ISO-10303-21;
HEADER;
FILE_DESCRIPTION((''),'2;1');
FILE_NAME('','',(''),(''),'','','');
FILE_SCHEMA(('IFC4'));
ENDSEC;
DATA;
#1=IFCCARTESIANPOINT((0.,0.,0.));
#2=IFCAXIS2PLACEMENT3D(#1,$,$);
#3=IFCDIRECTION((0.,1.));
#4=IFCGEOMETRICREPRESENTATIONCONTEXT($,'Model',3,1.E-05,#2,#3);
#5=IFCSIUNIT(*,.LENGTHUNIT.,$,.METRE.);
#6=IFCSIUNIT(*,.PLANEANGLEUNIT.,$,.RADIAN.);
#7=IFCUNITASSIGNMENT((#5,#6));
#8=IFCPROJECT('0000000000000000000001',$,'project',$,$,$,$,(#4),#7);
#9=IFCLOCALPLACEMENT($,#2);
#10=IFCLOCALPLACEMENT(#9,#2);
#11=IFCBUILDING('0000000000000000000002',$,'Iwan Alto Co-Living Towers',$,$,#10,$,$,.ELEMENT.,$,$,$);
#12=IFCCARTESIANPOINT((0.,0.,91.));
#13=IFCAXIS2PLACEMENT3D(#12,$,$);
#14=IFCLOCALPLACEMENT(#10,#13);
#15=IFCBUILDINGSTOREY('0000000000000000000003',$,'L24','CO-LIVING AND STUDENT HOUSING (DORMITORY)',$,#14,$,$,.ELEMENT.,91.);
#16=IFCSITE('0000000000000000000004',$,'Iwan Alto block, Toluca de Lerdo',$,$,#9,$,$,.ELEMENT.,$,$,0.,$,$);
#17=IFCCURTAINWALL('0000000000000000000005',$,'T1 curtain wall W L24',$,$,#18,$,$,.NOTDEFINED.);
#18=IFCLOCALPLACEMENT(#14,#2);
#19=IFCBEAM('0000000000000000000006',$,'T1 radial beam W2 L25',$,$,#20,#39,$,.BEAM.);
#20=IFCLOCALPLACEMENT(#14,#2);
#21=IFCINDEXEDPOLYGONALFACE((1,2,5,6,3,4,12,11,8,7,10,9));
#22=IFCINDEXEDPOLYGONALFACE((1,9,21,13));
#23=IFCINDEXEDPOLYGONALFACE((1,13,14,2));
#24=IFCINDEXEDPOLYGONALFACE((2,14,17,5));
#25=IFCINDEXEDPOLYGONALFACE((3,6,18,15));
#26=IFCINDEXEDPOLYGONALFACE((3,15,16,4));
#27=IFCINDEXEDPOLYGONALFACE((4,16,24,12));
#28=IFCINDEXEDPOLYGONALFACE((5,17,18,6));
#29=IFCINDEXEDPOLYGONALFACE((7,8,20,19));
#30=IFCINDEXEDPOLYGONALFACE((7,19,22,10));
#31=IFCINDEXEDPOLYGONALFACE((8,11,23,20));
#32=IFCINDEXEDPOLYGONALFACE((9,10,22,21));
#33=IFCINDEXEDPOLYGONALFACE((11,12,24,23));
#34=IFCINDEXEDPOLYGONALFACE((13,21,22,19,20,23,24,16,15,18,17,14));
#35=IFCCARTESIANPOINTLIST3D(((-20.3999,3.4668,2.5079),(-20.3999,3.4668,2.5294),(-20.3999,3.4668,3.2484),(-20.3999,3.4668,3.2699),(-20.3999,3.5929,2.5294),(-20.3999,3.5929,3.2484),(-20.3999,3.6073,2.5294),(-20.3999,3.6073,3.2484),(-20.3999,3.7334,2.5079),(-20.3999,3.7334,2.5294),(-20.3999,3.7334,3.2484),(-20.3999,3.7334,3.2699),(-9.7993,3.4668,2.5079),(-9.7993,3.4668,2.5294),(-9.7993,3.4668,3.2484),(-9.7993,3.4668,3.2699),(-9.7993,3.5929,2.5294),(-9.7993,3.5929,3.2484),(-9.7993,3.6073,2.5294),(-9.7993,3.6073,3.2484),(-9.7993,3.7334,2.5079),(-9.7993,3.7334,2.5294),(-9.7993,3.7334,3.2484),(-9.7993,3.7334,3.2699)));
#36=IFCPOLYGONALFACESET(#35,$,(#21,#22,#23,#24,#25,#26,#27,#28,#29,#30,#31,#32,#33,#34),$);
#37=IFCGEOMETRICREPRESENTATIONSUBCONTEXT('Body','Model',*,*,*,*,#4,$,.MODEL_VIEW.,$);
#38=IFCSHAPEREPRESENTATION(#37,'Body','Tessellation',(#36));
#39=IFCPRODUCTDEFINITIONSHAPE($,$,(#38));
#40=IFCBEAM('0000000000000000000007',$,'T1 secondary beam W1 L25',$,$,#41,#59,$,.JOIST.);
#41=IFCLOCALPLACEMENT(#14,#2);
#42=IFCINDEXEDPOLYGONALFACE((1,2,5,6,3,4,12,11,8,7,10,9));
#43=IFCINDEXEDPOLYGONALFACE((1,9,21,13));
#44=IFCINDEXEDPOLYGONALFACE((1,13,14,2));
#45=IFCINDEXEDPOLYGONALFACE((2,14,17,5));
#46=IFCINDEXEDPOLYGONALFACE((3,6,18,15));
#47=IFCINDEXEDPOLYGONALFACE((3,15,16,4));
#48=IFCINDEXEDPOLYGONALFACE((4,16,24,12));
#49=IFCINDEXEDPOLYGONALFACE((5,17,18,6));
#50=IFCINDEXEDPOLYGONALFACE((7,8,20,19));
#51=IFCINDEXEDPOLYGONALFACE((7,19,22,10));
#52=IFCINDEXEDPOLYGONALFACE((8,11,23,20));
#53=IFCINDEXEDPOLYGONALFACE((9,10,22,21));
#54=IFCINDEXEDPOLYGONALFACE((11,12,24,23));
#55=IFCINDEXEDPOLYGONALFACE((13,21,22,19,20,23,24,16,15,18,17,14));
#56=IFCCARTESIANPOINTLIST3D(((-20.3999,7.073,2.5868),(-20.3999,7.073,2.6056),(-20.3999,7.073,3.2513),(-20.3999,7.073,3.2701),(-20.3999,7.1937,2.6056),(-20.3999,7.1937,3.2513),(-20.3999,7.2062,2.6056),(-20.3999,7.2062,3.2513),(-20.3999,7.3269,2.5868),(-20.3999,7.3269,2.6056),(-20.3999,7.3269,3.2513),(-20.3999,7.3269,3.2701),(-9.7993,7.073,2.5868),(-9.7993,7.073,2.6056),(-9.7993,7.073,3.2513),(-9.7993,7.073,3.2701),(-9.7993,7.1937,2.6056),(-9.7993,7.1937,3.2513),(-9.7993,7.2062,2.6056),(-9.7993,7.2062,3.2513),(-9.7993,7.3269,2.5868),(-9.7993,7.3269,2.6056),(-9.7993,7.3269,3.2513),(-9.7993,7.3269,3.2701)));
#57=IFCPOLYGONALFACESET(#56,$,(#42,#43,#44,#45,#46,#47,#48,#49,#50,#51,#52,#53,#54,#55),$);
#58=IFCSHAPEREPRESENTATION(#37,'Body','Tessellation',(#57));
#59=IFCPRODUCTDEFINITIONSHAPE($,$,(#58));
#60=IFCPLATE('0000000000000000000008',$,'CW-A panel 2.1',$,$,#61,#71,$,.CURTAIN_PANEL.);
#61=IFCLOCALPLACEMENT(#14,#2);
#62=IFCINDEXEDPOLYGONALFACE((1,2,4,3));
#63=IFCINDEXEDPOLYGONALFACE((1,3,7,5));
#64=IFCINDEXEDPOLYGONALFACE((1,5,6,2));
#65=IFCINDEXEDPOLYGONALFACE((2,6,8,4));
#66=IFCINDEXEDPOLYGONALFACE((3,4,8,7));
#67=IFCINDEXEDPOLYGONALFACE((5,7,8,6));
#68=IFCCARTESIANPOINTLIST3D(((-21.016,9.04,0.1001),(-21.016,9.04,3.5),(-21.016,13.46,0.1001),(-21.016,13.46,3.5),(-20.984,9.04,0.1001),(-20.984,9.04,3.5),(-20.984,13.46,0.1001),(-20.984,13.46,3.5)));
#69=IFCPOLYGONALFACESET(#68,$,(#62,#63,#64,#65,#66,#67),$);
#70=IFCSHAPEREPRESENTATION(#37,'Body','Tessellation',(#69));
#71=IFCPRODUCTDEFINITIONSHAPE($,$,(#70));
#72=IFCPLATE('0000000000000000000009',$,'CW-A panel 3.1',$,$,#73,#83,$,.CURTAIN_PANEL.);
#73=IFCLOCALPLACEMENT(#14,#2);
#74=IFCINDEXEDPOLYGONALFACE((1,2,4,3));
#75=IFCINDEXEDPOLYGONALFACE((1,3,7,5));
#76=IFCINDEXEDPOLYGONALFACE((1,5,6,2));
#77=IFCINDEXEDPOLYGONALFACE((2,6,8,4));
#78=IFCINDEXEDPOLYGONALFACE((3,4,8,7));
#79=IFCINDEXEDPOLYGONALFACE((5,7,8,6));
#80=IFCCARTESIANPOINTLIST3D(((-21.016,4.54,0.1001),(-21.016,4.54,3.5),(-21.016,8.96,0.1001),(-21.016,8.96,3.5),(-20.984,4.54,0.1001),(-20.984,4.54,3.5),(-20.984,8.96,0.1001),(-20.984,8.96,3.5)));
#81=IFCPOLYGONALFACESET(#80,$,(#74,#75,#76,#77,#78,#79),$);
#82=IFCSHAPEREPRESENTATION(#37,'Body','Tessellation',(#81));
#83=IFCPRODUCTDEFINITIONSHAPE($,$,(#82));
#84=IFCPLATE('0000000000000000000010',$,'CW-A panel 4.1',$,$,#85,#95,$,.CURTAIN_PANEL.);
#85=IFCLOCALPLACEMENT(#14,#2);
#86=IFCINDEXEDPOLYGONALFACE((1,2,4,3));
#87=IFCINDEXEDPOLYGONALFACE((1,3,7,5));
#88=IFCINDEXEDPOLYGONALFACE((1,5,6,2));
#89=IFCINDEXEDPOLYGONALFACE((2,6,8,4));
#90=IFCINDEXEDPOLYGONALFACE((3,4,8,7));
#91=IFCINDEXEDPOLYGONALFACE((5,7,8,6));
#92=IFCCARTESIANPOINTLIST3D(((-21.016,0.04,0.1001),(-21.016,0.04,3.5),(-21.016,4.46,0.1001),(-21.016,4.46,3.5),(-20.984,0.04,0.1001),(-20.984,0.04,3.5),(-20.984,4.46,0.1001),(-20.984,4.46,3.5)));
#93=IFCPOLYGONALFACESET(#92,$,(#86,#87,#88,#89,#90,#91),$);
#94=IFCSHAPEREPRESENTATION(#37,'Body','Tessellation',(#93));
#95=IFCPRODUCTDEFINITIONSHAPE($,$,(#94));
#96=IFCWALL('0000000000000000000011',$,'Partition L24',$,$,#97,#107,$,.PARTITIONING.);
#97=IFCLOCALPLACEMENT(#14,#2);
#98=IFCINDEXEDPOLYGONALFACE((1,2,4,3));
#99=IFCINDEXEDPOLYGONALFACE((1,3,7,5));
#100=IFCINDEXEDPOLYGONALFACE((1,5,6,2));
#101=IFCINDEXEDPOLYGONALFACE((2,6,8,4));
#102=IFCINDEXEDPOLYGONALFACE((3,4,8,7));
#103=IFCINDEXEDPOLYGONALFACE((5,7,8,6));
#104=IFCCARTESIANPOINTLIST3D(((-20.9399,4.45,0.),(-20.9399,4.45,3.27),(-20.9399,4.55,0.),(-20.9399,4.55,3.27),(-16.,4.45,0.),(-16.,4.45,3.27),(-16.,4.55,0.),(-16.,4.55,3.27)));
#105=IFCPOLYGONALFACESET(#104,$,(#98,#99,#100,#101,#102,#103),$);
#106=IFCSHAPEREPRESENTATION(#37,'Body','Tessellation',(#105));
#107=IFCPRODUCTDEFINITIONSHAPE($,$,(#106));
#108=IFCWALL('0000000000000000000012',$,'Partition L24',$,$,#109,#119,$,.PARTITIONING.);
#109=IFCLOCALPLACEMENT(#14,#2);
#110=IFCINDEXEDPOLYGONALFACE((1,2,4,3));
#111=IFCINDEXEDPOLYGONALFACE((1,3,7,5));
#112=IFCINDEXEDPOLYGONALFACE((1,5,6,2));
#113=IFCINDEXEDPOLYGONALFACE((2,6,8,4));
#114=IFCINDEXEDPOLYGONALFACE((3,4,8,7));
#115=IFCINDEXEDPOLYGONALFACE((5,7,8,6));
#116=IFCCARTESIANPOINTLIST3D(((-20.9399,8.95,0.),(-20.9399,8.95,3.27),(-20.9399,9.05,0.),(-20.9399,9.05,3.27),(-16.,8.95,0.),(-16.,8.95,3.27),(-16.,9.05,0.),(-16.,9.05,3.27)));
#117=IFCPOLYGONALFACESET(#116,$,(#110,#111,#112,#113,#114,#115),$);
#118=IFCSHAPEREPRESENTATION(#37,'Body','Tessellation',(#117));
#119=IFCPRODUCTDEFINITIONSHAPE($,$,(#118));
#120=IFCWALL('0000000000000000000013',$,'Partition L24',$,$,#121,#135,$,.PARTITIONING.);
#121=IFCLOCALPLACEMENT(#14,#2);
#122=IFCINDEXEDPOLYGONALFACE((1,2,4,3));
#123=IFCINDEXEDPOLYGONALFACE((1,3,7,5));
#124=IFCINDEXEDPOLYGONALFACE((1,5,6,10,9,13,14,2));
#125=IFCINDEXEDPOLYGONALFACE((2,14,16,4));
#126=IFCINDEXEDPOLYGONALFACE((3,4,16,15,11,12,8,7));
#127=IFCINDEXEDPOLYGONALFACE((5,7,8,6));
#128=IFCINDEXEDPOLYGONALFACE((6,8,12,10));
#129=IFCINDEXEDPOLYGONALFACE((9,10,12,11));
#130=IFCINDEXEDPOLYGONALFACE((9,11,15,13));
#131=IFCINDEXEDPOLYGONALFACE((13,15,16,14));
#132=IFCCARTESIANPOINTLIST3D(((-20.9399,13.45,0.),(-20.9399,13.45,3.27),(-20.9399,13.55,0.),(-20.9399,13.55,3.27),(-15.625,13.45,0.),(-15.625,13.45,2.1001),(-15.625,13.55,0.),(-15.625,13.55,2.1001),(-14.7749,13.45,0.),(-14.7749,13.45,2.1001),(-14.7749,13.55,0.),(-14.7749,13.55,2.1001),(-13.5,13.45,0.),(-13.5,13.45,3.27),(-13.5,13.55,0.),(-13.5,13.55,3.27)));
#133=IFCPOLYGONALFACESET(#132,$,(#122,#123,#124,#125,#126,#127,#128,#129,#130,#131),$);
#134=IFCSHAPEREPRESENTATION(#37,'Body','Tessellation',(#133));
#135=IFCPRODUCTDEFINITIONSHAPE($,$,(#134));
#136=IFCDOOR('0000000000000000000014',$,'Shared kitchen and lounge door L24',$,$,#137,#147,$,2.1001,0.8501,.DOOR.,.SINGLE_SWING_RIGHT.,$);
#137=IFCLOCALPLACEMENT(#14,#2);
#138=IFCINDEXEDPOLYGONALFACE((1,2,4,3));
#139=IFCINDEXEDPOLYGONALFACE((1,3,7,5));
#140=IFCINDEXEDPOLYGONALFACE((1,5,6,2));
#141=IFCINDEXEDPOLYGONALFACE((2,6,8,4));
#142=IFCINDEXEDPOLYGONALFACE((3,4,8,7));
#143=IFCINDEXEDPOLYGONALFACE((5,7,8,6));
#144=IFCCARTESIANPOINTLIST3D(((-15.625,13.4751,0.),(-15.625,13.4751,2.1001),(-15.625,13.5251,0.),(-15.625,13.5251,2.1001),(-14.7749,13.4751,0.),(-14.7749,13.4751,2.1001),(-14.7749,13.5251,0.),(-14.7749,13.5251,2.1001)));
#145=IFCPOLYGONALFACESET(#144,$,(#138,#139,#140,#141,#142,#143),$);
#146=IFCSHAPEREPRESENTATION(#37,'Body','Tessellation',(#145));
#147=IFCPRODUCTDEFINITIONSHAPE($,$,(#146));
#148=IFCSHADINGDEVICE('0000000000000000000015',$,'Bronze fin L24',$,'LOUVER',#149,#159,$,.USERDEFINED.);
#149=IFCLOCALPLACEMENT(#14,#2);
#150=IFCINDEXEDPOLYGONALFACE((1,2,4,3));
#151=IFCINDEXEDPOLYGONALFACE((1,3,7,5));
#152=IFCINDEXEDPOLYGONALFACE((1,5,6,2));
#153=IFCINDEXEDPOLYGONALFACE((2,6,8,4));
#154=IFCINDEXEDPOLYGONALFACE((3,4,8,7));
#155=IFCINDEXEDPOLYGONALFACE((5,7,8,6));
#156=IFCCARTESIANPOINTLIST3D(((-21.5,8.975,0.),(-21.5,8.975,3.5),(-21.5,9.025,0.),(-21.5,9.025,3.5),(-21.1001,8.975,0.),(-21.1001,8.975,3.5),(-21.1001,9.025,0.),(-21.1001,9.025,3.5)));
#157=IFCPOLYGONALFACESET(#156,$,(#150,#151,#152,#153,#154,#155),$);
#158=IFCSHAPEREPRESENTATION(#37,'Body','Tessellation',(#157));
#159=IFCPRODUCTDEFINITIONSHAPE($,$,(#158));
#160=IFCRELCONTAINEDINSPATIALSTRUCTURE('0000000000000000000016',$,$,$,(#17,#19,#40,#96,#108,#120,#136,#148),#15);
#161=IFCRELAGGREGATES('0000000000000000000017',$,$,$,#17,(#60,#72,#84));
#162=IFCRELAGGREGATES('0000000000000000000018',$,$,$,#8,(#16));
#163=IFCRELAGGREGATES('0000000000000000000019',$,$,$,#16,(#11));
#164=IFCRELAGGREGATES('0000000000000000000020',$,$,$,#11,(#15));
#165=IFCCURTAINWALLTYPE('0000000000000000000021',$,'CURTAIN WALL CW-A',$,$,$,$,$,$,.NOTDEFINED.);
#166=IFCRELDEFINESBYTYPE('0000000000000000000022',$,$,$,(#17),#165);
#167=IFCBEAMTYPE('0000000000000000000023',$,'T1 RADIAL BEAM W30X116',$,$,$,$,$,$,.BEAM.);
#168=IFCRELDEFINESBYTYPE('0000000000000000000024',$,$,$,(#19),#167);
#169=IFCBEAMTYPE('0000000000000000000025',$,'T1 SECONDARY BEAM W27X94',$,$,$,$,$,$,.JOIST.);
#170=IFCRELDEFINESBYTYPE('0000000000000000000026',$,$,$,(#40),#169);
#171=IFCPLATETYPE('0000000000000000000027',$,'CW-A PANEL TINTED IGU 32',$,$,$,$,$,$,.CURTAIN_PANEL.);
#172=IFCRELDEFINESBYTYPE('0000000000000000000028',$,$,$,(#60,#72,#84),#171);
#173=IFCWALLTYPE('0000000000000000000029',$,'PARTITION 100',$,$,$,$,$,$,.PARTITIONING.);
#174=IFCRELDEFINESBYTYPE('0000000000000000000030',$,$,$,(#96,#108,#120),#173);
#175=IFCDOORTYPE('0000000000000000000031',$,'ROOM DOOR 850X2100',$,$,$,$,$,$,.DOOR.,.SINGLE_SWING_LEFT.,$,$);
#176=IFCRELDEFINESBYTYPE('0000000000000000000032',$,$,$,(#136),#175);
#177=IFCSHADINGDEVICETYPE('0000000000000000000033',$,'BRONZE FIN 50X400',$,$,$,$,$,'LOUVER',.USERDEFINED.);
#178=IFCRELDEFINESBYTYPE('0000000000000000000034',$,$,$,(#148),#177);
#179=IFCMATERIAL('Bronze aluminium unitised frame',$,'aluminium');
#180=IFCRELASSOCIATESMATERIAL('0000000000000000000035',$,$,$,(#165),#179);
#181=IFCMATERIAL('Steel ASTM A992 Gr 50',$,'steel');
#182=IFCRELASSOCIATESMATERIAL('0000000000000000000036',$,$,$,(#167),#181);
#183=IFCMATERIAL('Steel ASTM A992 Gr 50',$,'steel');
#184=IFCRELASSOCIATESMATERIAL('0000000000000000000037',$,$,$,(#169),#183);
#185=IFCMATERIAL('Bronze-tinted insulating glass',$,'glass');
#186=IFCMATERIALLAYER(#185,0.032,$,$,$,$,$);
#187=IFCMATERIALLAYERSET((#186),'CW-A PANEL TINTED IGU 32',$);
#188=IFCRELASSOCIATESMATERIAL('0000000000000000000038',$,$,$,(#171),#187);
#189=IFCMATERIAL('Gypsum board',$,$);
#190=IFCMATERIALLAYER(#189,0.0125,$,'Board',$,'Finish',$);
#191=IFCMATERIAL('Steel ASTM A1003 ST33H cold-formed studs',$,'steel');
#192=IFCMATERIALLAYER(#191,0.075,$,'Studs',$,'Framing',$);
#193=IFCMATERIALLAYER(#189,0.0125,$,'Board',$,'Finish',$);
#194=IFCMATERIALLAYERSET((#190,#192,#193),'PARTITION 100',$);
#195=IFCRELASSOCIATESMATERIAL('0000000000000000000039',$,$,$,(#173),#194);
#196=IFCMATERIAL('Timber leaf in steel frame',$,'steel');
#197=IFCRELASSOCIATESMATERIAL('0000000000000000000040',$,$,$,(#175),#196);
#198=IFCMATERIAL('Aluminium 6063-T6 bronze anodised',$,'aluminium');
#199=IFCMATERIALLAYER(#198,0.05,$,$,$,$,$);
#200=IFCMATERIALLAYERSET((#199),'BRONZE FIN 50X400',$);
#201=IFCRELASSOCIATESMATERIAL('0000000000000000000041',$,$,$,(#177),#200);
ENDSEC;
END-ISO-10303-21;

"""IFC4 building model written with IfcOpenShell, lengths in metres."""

from ifc_helpers import new_model, si_unit, direction, frame, frame_2d, origin, origin_2d, place, context, subcontext, project, spatial, rectangle, i_section, extrude, material, layer, layer_set, material_profile, profile_set, type_object, element, fill, aggregate, save


model = new_model("IFC4")

# Units and contexts
model_context = context("Model", 3, precision=1e-05, world=origin(), true_north=direction((0.0, 1.0)))
body_context = subcontext(model_context, "Body", "Model", "MODEL_VIEW")
ifc_project = project(units=[si_unit("LENGTHUNIT", "METRE"), si_unit("PLANEANGLEUNIT", "RADIAN")], contexts=[model_context])

# Site, building, storey
site_placement = place(None, origin())
site = spatial("IfcSite", under=ifc_project, at=site_placement, Name="Iwan Alto block, Toluca de Lerdo", CompositionType="ELEMENT", RefElevation=0.0)
building_placement = place(site_placement, origin())
building = spatial("IfcBuilding", under=site, at=building_placement, Name="Iwan Alto Co-Living Towers", CompositionType="ELEMENT")
storey_placement = place(building_placement, frame((0.0, 0.0, 91.0)))
storey = spatial("IfcBuildingStorey", under=building, at=storey_placement, Name="L24", Description="CO-LIVING AND STUDENT HOUSING (DORMITORY)", CompositionType="ELEMENT", Elevation=91.0)

# Curtain wall
ifc_material_1 = material(Name="Bronze aluminium unitised frame", Category="aluminium")
curtain_wall_type = type_object("IfcCurtainWallType", Name="CURTAIN WALL CW-A", PredefinedType="NOTDEFINED", material=ifc_material_1)
curtain_wall_placement = place(storey_placement, origin())
curtain_wall = element("IfcCurtainWall", 1, at=curtain_wall_placement, inside=storey, type_object=curtain_wall_type, Name="T1 curtain wall W L24", PredefinedType="NOTDEFINED")

# Beams
ifc_material_2 = material(Name="Steel ASTM A992 Gr 50", Category="steel")
ifc_material_profile_1 = material_profile(ifc_material_2, i_section(OverallWidth=0.2666, OverallDepth=0.762, WebThickness=0.0144, FlangeThickness=0.0215, at=origin_2d()), Name="W30X116")
ifc_profile_set_1 = profile_set([ifc_material_profile_1], Name="Steel ASTM A992 Gr 50")
beam_type_1 = type_object("IfcBeamType", Name="T1 RADIAL BEAM W30X116", PredefinedType="BEAM", material=ifc_profile_set_1)
beam_1_placement = place(storey_placement, frame((-20.3999, 3.6001, 2.8889), z_axis=(1.0, 0.0, 0.0), x_axis=(0.0, 1.0, 0.0)))
element("IfcBeam", 2, at=beam_1_placement, inside=storey, type_object=beam_type_1, Name="T1 radial beam W2 L25", PredefinedType="BEAM", context=body_context, shape_type="SweptSolid", body=[
    extrude(i_section(OverallWidth=0.2666, OverallDepth=0.762, WebThickness=0.0144, FlangeThickness=0.0215, at=origin_2d()), origin(), (0.0, 0.0, 1.0), 10.6006),
])
ifc_material_3 = material(Name="Steel ASTM A992 Gr 50", Category="steel")
ifc_material_profile_2 = material_profile(ifc_material_3, i_section(OverallWidth=0.2539, OverallDepth=0.6833, WebThickness=0.0125, FlangeThickness=0.0188, at=origin_2d()), Name="W27X94")
ifc_profile_set_2 = profile_set([ifc_material_profile_2], Name="Steel ASTM A992 Gr 50")
beam_type_2 = type_object("IfcBeamType", Name="T1 SECONDARY BEAM W27X94", PredefinedType="JOIST", material=ifc_profile_set_2)
beam_2_placement = place(storey_placement, frame((-20.3999, 7.2, 2.9285), z_axis=(1.0, 0.0, 0.0), x_axis=(0.0, 1.0, 0.0)))
element("IfcBeam", 3, at=beam_2_placement, inside=storey, type_object=beam_type_2, Name="T1 secondary beam W1 L25", PredefinedType="JOIST", context=body_context, shape_type="SweptSolid", body=[
    extrude(i_section(OverallWidth=0.2539, OverallDepth=0.6833, WebThickness=0.0125, FlangeThickness=0.0188, at=origin_2d()), origin(), (0.0, 0.0, 1.0), 10.6006),
])

# Plates
ifc_material_4 = material(Name="Bronze-tinted insulating glass", Category="glass")
ifc_layer_1 = layer(ifc_material_4, 0.032)
ifc_layer_set_1 = layer_set([ifc_layer_1], Name="CW-A PANEL TINTED IGU 32")
plate_type = type_object("IfcPlateType", Name="CW-A PANEL TINTED IGU 32", PredefinedType="CURTAIN_PANEL", material=ifc_layer_set_1)
plate_1_placement = place(storey_placement, frame((-21.0, 11.25, 0.1001), z_axis=(0.0, 0.0, 1.0), x_axis=(0.0, -1.0, 0.0)))
plate_1 = element("IfcPlate", 4, at=plate_1_placement, type_object=plate_type, Name="CW-A panel 2.1", PredefinedType="CURTAIN_PANEL", context=body_context, shape_type="SweptSolid", body=[
    extrude(rectangle(XDim=4.4199, YDim=0.032, at=origin_2d()), origin(), (0.0, 0.0, 1.0), 3.3999),
])
plate_2_placement = place(storey_placement, frame((-21.0, 6.75, 0.1001), z_axis=(0.0, 0.0, 1.0), x_axis=(0.0, -1.0, 0.0)))
plate_2 = element("IfcPlate", 5, at=plate_2_placement, type_object=plate_type, Name="CW-A panel 3.1", PredefinedType="CURTAIN_PANEL", context=body_context, shape_type="SweptSolid", body=[
    extrude(rectangle(XDim=4.4199, YDim=0.032, at=origin_2d()), origin(), (0.0, 0.0, 1.0), 3.3999),
])
plate_3_placement = place(storey_placement, frame((-21.0, 2.25, 0.1001), z_axis=(0.0, 0.0, 1.0), x_axis=(0.0, -1.0, 0.0)))
plate_3 = element("IfcPlate", 6, at=plate_3_placement, type_object=plate_type, Name="CW-A panel 4.1", PredefinedType="CURTAIN_PANEL", context=body_context, shape_type="SweptSolid", body=[
    extrude(rectangle(XDim=4.4199, YDim=0.032, at=origin_2d()), origin(), (0.0, 0.0, 1.0), 3.3999),
])
aggregate(curtain_wall, [plate_1, plate_2, plate_3])

# Walls
ifc_material_5 = material(Name="Gypsum board")
ifc_layer_2 = layer(ifc_material_5, 0.0125, Name="Board", Category="Finish")
ifc_material_6 = material(Name="Steel ASTM A1003 ST33H cold-formed studs", Category="steel")
ifc_layer_3 = layer(ifc_material_6, 0.075, Name="Studs", Category="Framing")
ifc_layer_4 = layer(ifc_material_5, 0.0125, Name="Board", Category="Finish")
ifc_layer_set_2 = layer_set([ifc_layer_2, ifc_layer_3, ifc_layer_4], Name="PARTITION 100")
wall_type = type_object("IfcWallType", Name="PARTITION 100", PredefinedType="PARTITIONING", material=ifc_layer_set_2)
for number, where, z_axis, x_axis, name in (
    (7, (-20.9399, 4.5, 0.0), (0.0, 0.0, 1.0), (1.0, 0.0, 0.0), "Partition L24"),
    (8, (-20.9399, 9.0, 0.0), (0.0, 0.0, 1.0), (1.0, 0.0, 0.0), "Partition L24"),
):
    element("IfcWall", number, at=place(storey_placement, frame(where, z_axis=z_axis, x_axis=x_axis)), inside=storey, type_object=wall_type, Name=name, PredefinedType="PARTITIONING", context=body_context, shape_type="SweptSolid", body=[
        extrude(rectangle(XDim=4.9399, YDim=0.1001, at=frame_2d((2.47, 0.0))), origin(), (0.0, 0.0, 1.0), 3.27),
    ])

# Wall, opening, door
wall_placement = place(storey_placement, frame((-20.9399, 13.5, 0.0), z_axis=(0.0, 0.0, 1.0), x_axis=(1.0, 0.0, 0.0)))
wall = element("IfcWall", 9, at=wall_placement, inside=storey, type_object=wall_type, Name="Partition L24", PredefinedType="PARTITIONING", context=body_context, shape_type="SweptSolid", body=[
    extrude(rectangle(XDim=7.4399, YDim=0.1001, at=frame_2d((3.72, 0.0))), origin(), (0.0, 0.0, 1.0), 3.27),
])
opening_placement = place(wall_placement, frame((5.3149, 0.0, 0.0)))
opening = element("IfcOpeningElement", 10, at=opening_placement, cuts=wall, PredefinedType="OPENING", context=body_context, shape_type="SweptSolid", body=[
    extrude(rectangle(XDim=0.8501, YDim=2.1001, at=frame_2d((0.425, 1.05))), frame((0.0, 0.0601, 0.0), z_axis=(0.0, -1.0, 0.0), x_axis=(1.0, 0.0, 0.0)), (0.0, 0.0, 1.0), 0.1201),
])
ifc_material_7 = material(Name="Timber leaf in steel frame", Category="steel")
door_type = type_object("IfcDoorType", Name="ROOM DOOR 850X2100", OperationType="SINGLE_SWING_LEFT", PredefinedType="DOOR", material=ifc_material_7)
door_placement = place(opening_placement, frame((0.8501, 0.0, 0.0), z_axis=(0.0, 0.0, 1.0), x_axis=(-1.0, 0.0, 0.0)))
door = element("IfcDoor", 11, at=door_placement, inside=storey, type_object=door_type, Name="Shared kitchen and lounge door L24", OperationType="SINGLE_SWING_RIGHT", OverallHeight=2.1001, OverallWidth=0.8501, PredefinedType="DOOR", context=body_context, shape_type="SweptSolid", body=[
    extrude(rectangle(XDim=0.8501, YDim=2.1001, at=frame_2d((0.425, 1.05))), frame((0.0, 0.0249, 0.0), z_axis=(0.0, -1.0, 0.0), x_axis=(1.0, 0.0, 0.0)), (0.0, 0.0, 1.0), 0.05),
])
fill(opening, door)

# Shading device
ifc_material_8 = material(Name="Aluminium 6063-T6 bronze anodised", Category="aluminium")
ifc_layer_5 = layer(ifc_material_8, 0.05)
ifc_layer_set_3 = layer_set([ifc_layer_5], Name="BRONZE FIN 50X400")
shading_device_type = type_object("IfcShadingDeviceType", Name="BRONZE FIN 50X400", ElementType="LOUVER", PredefinedType="USERDEFINED", material=ifc_layer_set_3)
shading_device_placement = place(storey_placement, frame((-21.3, 9.0, 0.0), z_axis=(0.0, 0.0, 1.0), x_axis=(0.0, -1.0, 0.0)))
element("IfcShadingDevice", 12, at=shading_device_placement, inside=storey, type_object=shading_device_type, Name="Bronze fin L24", ObjectType="LOUVER", PredefinedType="USERDEFINED", context=body_context, shape_type="SweptSolid", body=[
    extrude(rectangle(XDim=0.05, YDim=0.3999, at=origin_2d()), origin(), (0.0, 0.0, 1.0), 3.5),
])

save(model, "model.ifc")
